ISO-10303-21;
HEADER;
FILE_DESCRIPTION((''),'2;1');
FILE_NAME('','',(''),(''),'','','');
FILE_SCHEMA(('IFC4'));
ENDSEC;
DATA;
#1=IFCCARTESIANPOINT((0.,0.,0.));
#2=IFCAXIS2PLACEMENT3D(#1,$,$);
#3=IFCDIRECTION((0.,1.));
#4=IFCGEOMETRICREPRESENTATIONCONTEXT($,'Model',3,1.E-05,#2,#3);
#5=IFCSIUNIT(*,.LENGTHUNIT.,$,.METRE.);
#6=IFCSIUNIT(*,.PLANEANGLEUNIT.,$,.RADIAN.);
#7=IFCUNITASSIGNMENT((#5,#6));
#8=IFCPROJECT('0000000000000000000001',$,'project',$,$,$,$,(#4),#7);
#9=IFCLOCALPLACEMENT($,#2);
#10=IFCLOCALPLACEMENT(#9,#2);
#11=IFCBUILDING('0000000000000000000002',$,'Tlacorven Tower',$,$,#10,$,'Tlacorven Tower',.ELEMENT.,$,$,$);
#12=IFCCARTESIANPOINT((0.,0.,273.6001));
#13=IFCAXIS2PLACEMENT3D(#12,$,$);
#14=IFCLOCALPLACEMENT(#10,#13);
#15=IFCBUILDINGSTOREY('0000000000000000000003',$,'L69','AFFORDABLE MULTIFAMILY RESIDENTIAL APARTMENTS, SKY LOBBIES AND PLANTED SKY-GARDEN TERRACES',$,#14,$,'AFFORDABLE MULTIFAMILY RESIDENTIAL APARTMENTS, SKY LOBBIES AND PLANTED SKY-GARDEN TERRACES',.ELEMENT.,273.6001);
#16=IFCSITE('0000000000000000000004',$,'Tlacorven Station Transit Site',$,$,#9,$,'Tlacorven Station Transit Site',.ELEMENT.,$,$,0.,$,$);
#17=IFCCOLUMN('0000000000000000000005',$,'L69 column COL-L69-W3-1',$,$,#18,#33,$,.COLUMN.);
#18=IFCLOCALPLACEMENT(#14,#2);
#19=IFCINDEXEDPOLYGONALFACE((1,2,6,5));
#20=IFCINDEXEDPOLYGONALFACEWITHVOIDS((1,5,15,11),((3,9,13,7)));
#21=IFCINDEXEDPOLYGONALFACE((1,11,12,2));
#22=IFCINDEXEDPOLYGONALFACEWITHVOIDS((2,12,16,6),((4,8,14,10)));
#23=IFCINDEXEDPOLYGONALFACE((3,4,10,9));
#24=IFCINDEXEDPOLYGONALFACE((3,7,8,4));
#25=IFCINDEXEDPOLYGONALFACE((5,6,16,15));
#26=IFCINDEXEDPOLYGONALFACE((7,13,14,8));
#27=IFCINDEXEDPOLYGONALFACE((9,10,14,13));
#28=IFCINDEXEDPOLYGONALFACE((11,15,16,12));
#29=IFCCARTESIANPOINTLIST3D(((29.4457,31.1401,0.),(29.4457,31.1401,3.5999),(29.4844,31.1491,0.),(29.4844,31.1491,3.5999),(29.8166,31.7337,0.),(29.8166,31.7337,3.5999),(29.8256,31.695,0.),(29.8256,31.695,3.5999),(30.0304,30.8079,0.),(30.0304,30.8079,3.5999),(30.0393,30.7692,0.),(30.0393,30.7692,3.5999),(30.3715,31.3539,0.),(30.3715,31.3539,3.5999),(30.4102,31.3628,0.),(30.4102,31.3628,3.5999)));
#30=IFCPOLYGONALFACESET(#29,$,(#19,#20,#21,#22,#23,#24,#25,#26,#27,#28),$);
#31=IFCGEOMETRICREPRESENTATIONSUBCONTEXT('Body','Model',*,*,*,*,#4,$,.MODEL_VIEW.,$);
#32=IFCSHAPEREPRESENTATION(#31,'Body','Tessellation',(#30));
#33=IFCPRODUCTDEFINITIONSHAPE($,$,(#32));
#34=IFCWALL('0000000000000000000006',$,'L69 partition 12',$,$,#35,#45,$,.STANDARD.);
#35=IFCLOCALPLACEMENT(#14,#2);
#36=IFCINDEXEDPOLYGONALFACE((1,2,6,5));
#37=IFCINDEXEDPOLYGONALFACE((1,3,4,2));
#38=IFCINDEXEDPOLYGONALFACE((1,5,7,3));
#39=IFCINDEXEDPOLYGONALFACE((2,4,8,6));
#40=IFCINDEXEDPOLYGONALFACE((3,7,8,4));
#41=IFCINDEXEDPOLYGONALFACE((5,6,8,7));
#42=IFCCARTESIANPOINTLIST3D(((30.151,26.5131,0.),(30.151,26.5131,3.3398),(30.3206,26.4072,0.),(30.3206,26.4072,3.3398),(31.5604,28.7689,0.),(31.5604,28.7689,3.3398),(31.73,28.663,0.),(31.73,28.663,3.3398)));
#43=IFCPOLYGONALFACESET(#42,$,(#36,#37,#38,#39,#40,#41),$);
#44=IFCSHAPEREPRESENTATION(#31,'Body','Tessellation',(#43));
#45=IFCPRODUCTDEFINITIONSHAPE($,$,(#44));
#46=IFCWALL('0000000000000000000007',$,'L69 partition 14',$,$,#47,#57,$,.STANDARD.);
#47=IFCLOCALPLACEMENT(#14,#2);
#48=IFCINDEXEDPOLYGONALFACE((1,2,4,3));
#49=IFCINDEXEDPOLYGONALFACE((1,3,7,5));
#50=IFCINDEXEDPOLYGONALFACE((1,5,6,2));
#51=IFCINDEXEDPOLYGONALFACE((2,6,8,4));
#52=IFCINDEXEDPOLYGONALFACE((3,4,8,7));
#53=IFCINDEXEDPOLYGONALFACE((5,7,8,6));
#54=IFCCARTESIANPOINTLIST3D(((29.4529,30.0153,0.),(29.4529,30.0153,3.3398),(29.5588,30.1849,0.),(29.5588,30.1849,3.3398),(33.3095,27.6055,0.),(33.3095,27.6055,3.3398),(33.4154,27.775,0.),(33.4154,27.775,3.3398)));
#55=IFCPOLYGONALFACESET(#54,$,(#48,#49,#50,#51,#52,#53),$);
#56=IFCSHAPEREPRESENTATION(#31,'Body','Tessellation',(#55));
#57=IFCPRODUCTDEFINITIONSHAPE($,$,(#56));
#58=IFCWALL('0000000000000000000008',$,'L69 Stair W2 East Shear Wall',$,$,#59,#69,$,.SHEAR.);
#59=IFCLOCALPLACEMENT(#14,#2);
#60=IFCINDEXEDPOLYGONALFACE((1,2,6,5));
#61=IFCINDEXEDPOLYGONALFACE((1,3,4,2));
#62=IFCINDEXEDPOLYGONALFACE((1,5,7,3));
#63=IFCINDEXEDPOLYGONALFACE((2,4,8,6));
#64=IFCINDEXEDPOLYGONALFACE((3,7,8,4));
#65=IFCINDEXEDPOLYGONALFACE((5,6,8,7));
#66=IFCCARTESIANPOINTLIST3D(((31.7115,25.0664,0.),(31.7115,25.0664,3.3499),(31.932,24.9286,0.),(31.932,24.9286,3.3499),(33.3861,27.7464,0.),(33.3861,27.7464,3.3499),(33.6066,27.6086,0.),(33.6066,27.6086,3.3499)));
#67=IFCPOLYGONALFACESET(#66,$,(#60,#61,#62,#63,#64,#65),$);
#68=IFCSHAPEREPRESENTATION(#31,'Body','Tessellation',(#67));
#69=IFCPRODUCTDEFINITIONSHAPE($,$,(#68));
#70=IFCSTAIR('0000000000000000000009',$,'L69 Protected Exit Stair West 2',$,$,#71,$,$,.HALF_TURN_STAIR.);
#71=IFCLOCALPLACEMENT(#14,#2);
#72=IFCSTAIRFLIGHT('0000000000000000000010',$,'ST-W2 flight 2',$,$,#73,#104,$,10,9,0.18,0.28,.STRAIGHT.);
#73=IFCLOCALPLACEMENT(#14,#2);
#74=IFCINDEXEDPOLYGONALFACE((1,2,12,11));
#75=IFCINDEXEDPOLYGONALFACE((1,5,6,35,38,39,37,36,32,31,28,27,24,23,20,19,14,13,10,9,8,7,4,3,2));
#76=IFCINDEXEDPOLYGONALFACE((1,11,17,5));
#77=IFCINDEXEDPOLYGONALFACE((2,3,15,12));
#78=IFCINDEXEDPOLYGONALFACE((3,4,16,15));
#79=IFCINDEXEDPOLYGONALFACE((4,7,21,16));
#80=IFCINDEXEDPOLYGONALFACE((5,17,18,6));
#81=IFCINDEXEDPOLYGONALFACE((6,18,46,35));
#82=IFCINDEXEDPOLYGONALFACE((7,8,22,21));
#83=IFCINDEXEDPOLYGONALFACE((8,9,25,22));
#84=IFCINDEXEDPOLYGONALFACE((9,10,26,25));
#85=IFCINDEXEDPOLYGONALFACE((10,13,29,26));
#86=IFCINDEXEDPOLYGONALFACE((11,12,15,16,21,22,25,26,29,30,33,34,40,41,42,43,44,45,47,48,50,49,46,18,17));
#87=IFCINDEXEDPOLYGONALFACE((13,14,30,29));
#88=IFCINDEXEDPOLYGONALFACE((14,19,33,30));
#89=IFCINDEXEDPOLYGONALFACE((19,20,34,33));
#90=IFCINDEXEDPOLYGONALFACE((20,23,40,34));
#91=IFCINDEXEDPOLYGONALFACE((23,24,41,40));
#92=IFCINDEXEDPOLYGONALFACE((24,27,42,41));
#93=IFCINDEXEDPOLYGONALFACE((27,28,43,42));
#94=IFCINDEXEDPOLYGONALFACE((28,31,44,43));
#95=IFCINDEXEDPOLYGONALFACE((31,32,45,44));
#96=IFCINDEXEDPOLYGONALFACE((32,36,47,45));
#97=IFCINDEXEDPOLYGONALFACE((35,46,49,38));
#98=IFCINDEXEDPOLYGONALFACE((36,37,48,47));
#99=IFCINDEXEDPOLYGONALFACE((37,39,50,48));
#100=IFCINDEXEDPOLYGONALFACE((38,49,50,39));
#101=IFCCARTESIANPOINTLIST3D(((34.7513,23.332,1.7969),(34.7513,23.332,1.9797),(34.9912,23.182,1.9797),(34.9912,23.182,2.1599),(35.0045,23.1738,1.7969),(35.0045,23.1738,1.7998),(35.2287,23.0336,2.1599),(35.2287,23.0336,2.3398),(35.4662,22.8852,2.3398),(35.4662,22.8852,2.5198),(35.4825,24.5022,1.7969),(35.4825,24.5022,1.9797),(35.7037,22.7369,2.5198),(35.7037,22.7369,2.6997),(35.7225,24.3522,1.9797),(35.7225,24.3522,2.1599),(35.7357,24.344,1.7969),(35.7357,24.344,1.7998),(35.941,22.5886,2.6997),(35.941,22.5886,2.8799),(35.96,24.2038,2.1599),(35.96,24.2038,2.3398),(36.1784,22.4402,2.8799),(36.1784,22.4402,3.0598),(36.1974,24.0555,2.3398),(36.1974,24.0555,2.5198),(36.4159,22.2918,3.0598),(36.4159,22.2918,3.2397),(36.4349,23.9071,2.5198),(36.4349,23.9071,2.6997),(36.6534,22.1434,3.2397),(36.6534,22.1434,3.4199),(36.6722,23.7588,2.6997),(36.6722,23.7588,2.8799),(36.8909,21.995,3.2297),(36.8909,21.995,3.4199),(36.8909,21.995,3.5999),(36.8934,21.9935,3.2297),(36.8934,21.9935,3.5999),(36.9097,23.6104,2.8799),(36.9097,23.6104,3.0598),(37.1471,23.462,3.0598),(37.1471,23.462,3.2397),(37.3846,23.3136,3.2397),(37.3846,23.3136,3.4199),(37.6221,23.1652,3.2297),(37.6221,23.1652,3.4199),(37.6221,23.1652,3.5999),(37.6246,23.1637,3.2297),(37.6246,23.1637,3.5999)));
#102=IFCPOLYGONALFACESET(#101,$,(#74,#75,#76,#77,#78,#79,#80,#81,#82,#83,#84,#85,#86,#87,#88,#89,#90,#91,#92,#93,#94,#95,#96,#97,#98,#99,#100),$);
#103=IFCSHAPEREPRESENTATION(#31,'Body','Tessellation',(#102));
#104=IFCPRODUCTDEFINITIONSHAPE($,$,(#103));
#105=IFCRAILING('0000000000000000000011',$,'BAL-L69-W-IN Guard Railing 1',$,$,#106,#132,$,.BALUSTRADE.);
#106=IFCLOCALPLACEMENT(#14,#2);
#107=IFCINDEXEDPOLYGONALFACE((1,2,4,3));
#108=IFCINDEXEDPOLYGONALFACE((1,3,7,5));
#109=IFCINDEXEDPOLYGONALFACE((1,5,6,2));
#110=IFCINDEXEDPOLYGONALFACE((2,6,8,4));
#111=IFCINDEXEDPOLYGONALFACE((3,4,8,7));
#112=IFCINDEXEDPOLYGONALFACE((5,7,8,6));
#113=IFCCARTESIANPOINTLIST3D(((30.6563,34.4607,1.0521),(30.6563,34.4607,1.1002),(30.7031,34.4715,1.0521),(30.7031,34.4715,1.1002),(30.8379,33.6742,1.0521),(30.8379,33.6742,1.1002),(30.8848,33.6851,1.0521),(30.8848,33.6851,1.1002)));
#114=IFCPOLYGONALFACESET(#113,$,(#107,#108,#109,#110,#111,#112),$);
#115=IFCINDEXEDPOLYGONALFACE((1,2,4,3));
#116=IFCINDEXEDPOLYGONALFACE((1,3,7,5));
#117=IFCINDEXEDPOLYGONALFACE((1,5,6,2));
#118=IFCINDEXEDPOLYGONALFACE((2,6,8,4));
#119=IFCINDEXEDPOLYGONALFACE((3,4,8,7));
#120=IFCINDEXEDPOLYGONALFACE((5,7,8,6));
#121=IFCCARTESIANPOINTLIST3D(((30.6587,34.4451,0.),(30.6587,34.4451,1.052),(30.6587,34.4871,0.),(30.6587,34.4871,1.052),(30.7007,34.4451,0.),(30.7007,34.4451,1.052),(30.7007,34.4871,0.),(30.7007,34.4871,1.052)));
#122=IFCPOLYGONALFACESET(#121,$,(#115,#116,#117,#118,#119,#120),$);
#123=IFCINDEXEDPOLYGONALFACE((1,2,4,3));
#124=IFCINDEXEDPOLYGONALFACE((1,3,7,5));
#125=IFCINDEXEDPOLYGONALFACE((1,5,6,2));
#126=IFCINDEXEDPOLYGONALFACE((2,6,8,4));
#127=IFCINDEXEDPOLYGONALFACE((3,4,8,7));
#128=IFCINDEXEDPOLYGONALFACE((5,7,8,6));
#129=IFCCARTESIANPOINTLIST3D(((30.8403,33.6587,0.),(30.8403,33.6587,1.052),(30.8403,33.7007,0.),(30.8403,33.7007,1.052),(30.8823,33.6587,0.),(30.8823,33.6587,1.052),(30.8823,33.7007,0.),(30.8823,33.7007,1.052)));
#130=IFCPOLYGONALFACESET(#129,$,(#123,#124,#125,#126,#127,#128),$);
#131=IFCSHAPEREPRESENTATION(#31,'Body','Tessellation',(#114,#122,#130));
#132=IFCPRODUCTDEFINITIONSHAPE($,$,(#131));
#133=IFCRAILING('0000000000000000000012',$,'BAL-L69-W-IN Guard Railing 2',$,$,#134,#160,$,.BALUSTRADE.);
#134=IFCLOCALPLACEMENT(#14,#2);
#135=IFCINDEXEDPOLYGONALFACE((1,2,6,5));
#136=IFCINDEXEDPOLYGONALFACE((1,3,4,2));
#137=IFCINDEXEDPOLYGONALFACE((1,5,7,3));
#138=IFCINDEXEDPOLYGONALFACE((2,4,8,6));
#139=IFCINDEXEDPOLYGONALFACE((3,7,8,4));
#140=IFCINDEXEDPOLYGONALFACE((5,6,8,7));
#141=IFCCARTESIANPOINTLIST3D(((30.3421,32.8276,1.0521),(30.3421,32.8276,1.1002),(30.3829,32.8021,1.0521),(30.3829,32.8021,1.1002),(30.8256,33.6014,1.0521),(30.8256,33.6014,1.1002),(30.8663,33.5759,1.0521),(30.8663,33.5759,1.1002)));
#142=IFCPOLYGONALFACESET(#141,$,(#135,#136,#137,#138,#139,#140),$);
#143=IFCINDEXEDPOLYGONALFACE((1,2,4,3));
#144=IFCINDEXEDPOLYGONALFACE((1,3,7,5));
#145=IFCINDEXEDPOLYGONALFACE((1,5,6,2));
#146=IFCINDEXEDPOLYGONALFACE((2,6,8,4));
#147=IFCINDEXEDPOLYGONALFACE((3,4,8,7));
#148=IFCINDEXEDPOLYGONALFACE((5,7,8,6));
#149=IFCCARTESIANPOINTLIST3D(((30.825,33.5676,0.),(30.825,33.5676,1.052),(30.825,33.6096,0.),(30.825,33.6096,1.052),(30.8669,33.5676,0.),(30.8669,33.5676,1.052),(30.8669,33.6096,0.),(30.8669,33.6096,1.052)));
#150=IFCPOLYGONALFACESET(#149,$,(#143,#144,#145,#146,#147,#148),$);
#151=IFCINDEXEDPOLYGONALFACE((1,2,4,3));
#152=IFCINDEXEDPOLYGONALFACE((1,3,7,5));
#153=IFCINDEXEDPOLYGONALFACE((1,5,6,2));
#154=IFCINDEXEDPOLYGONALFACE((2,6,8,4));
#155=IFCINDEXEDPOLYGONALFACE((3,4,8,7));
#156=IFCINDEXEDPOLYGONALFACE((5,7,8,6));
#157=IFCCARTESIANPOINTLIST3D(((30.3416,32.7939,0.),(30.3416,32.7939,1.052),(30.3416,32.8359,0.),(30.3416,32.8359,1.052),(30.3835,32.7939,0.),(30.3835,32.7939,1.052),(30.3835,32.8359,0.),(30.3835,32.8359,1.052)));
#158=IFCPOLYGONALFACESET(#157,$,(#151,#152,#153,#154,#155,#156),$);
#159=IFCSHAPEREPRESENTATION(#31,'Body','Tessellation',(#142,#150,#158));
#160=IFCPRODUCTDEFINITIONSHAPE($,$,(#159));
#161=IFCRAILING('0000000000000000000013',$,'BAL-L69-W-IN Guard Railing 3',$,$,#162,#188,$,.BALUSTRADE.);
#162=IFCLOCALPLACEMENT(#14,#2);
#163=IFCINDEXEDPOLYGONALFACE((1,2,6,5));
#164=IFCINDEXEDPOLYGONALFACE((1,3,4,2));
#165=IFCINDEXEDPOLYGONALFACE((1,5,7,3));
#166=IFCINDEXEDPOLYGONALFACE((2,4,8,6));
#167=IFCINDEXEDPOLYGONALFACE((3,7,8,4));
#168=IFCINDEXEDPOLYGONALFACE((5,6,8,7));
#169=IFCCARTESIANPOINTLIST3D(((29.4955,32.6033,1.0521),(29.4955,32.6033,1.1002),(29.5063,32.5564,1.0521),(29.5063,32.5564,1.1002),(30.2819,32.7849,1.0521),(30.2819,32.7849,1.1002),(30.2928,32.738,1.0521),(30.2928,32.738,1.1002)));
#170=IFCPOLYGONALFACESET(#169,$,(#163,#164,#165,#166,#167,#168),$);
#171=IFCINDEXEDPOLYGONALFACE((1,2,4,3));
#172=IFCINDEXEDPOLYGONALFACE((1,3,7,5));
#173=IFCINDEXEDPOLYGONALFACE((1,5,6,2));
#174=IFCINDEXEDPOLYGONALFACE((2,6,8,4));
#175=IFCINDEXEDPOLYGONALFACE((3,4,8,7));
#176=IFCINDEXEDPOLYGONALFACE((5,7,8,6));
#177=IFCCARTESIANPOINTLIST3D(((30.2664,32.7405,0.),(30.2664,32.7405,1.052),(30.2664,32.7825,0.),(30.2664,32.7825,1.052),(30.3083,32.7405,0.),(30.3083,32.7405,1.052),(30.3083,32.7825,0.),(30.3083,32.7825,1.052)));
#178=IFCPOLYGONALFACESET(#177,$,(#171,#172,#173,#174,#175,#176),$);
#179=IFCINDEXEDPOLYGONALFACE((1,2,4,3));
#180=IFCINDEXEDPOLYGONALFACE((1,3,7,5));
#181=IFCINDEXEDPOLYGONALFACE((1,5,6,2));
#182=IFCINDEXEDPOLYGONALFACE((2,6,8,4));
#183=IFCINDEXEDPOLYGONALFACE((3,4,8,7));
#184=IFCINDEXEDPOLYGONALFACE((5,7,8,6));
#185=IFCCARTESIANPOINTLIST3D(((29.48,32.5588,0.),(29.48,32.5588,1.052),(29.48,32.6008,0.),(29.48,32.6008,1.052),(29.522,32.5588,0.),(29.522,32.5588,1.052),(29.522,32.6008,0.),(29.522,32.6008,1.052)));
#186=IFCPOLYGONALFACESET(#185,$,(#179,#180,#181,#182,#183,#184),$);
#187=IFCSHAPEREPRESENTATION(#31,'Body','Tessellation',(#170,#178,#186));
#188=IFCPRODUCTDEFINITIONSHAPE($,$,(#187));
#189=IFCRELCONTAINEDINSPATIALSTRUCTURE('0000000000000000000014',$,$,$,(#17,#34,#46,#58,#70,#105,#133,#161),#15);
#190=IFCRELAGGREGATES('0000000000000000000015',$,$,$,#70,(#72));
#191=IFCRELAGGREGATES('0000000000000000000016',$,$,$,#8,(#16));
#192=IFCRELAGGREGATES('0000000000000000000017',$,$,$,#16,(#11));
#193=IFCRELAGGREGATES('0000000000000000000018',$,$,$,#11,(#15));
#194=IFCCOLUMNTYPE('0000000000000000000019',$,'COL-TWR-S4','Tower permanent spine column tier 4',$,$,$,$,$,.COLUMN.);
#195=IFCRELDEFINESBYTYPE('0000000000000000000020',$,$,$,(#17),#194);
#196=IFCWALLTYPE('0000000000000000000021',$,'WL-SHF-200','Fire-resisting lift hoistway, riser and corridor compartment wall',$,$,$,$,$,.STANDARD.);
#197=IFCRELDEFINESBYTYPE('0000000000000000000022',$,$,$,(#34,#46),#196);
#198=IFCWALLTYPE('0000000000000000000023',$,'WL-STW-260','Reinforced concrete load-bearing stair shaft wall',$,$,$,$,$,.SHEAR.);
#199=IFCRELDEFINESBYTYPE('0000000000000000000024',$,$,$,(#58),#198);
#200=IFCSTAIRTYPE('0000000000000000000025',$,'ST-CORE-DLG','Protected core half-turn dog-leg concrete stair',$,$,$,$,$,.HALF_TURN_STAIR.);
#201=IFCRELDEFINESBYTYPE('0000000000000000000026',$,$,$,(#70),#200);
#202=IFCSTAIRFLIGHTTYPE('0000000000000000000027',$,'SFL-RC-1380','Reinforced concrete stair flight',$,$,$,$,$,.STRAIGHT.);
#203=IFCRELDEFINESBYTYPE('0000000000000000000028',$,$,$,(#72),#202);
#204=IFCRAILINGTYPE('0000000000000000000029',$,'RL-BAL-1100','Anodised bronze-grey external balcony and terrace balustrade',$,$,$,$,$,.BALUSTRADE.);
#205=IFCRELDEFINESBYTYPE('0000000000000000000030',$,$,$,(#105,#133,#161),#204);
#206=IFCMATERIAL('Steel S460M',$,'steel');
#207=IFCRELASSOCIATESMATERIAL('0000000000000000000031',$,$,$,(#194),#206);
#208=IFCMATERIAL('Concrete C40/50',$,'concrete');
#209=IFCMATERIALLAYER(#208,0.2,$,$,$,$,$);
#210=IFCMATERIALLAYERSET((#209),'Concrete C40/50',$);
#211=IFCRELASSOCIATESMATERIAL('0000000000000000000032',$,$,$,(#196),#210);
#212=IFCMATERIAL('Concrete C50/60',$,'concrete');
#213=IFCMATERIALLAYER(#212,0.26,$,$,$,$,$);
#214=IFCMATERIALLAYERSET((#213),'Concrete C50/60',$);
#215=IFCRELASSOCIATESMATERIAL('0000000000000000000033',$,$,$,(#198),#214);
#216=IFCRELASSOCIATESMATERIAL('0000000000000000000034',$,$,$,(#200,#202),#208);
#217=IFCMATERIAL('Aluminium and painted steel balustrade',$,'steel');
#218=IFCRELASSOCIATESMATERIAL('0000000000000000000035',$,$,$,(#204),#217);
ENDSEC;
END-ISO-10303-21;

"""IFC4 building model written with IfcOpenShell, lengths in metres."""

from ifc_helpers import new_model, si_unit, direction, frame, frame_2d, origin, origin_2d, place, context, subcontext, project, spatial, polyline, rectangle, hollow_rectangle, outline, extrude, source, transform, mapped, material, layer, layer_set, material_profile, profile_set, type_object, element, aggregate, save


model = new_model("IFC4")

# Units and contexts
model_context = context("Model", 3, precision=1e-05, world=origin(), true_north=direction((0.0, 1.0)))
body_context = subcontext(model_context, "Body", "Model", "MODEL_VIEW")
ifc_project = project(units=[si_unit("LENGTHUNIT", "METRE"), si_unit("PLANEANGLEUNIT", "RADIAN")], contexts=[model_context])

# Site, building, storey
site_placement = place(None, origin())
site = spatial("IfcSite", under=ifc_project, at=site_placement, Name="Tlacorven Station Transit Site", LongName="Tlacorven Station Transit Site", CompositionType="ELEMENT", RefElevation=0.0)
building_placement = place(site_placement, origin())
building = spatial("IfcBuilding", under=site, at=building_placement, Name="Tlacorven Tower", LongName="Tlacorven Tower", CompositionType="ELEMENT")
storey_placement = place(building_placement, frame((0.0, 0.0, 273.6001)))
storey = spatial("IfcBuildingStorey", under=building, at=storey_placement, Name="L69", Description="AFFORDABLE MULTIFAMILY RESIDENTIAL APARTMENTS, SKY LOBBIES AND PLANTED SKY-GARDEN TERRACES", LongName="AFFORDABLE MULTIFAMILY RESIDENTIAL APARTMENTS, SKY LOBBIES AND PLANTED SKY-GARDEN TERRACES", CompositionType="ELEMENT", Elevation=273.6001)

# Column
ifc_material_1 = material(Name="Steel S460M", Category="steel")
ifc_material_profile = material_profile(ifc_material_1, hollow_rectangle(XDim=0.7, YDim=0.7, WallThickness=0.0281, at=origin_2d()), Name="BOX 700X700X28")
ifc_profile_set = profile_set([ifc_material_profile], Name="Steel S460M")
column_type = type_object("IfcColumnType", Name="COL-TWR-S4", Description="Tower permanent spine column tier 4", PredefinedType="COLUMN", material=ifc_profile_set)
shared_shape_1 = source(origin(), body_context, "Body", "SweptSolid", [
    extrude(hollow_rectangle(XDim=0.7, YDim=0.7, WallThickness=0.0281, at=origin_2d()), origin(), (0.0, 0.0, 1.0), 3.5999),
])
column_placement = place(storey_placement, frame((29.928, 31.2515, 0.0), z_axis=(0.0, 0.0, 1.0), x_axis=(-0.848048, 0.529919, 0.0)))
element("IfcColumn", 1, at=column_placement, inside=storey, type_object=column_type, Name="L69 column COL-L69-W3-1", PredefinedType="COLUMN", context=body_context, shape_type="MappedRepresentation", body=[
    mapped(shared_shape_1, transform((0.0, 0.0, 0.0), scale=1.0)),
])

# Shared definitions
ifc_material_2 = material(Name="Concrete C40/50", Category="concrete")
ifc_layer_1 = layer(ifc_material_2, 0.2)
ifc_layer_set_1 = layer_set([ifc_layer_1], Name="Concrete C40/50")
wall_type_1 = type_object("IfcWallType", Name="WL-SHF-200", Description="Fire-resisting lift hoistway, riser and corridor compartment wall", PredefinedType="STANDARD", material=ifc_layer_set_1)

# Walls
wall_1_placement = place(storey_placement, frame((31.6453, 28.7161, 0.0), z_axis=(0.0, 0.0, 1.0), x_axis=(-0.529867, -0.848081, 0.0)))
element("IfcWall", 2, at=wall_1_placement, inside=storey, type_object=wall_type_1, Name="L69 partition 12", PredefinedType="STANDARD", context=body_context, shape_type="SweptSolid", body=[
    extrude(rectangle(XDim=2.6599, YDim=0.2, at=frame_2d((1.3301, 0.0))), origin(), (0.0, 0.0, 1.0), 3.3398),
])
wall_2_placement = place(storey_placement, frame((33.3625, 27.6902, 0.0), z_axis=(0.0, 0.0, 1.0), x_axis=(-0.84805, 0.529917, 0.0)))
element("IfcWall", 3, at=wall_2_placement, inside=storey, type_object=wall_type_1, Name="L69 partition 14", PredefinedType="STANDARD", context=body_context, shape_type="SweptSolid", body=[
    extrude(rectangle(XDim=4.5476, YDim=0.2, at=frame_2d((2.2739, 0.0))), origin(), (0.0, 0.0, 1.0), 3.3398),
])
ifc_material_3 = material(Name="Concrete C50/60", Category="concrete")
ifc_layer_2 = layer(ifc_material_3, 0.26)
ifc_layer_set_2 = layer_set([ifc_layer_2], Name="Concrete C50/60")
wall_type_2 = type_object("IfcWallType", Name="WL-STW-260", Description="Reinforced concrete load-bearing stair shaft wall", PredefinedType="SHEAR", material=ifc_layer_set_2)
wall_3_placement = place(storey_placement, frame((33.4963, 27.6775, 0.0), z_axis=(0.0, 0.0, 1.0), x_axis=(-0.529909, -0.848055, 0.0)))
element("IfcWall", 4, at=wall_3_placement, inside=storey, type_object=wall_type_2, Name="L69 Stair W2 East Shear Wall", PredefinedType="SHEAR", context=body_context, shape_type="SweptSolid", body=[
    extrude(rectangle(XDim=3.1602, YDim=0.26, at=frame_2d((1.5801, 0.0))), origin(), (0.0, 0.0, 1.0), 3.3499),
])

# Stair, stair flight
stair_type = type_object("IfcStairType", Name="ST-CORE-DLG", Description="Protected core half-turn dog-leg concrete stair", PredefinedType="HALF_TURN_STAIR", material=ifc_material_2)
stair_placement = place(storey_placement, origin())
stair = element("IfcStair", 5, at=stair_placement, inside=storey, type_object=stair_type, Name="L69 Protected Exit Stair West 2", PredefinedType="HALF_TURN_STAIR")
stair_flight_type = type_object("IfcStairFlightType", Name="SFL-RC-1380", Description="Reinforced concrete stair flight", PredefinedType="STRAIGHT", material=ifc_material_2)
shared_shape_2 = source(origin(), body_context, "Body", "SweptSolid", [
    extrude(outline(polyline([(-0.0029, -0.0029), (-0.0029, 0.1799), (0.28, 0.1799), (0.28, 0.3601), (0.5601, 0.3601), (0.5601, 0.54), (0.8401, 0.54), (0.8401, 0.72), (1.1201, 0.72), (1.1201, 0.8999), (1.3999, 0.8999), (1.3999, 1.0801), (1.6799, 1.0801), (1.6799, 1.26), (1.96, 1.26), (1.96, 1.4399), (2.24, 1.4399), (2.24, 1.6201), (2.52, 1.6201), (2.52, 1.8), (2.5229, 1.8), (2.5229, 1.4299), (2.52, 1.4299), (0.2957, 0.0), (0.2957, -0.0029), (-0.0029, -0.0029)])), frame((0.0, 0.6899, 0.0), z_axis=(0.0, -1.0, 0.0), x_axis=(1.0, 0.0, 0.0)), (0.0, 0.0, 1.0), 1.3799),
])
stair_flight_placement = place(storey_placement, frame((35.1194, 23.9155, 1.7998), z_axis=(0.0, 0.0, 1.0), x_axis=(0.848048, -0.529919, 0.0)))
stair_flight = element("IfcStairFlight", 6, at=stair_flight_placement, type_object=stair_flight_type, Name="ST-W2 flight 2", NumberOfRisers=10, NumberOfTreads=9, PredefinedType="STRAIGHT", RiserHeight=0.18, TreadLength=0.28, context=body_context, shape_type="MappedRepresentation", body=[
    mapped(shared_shape_2, transform((0.0, 0.0, 0.0), scale=1.0)),
])
aggregate(stair, [stair_flight])

# Railings
ifc_material_4 = material(Name="Aluminium and painted steel balustrade", Category="steel")
railing_type_1 = type_object("IfcRailingType", Name="RL-BAL-1100", Description="Anodised bronze-grey external balcony and terrace balustrade", PredefinedType="BALUSTRADE", material=ifc_material_4)
shared_shape_3 = source(origin(), body_context, "Body", "SweptSolid", [
    extrude(rectangle(XDim=0.0481, YDim=0.0481, at=origin_2d()), frame((0.0, 0.0, 1.0762), z_axis=(0.225058, -0.974345, 0.0), x_axis=(0.974345, 0.225058, 0.0)), (0.0, 0.0, 1.0), 0.8071),
    extrude(rectangle(XDim=0.042, YDim=0.042, at=origin_2d()), origin(), (0.0, 0.0, 1.0), 1.052),
    extrude(rectangle(XDim=0.042, YDim=0.042, at=origin_2d()), frame((0.1816, -0.7864, 0.0)), (0.0, 0.0, 1.0), 1.052),
])
railing_1_placement = place(storey_placement, frame((30.6797, 34.4661, 0.0)))
element("IfcRailing", 7, at=railing_1_placement, inside=storey, type_object=railing_type_1, Name="BAL-L69-W-IN Guard Railing 1", PredefinedType="BALUSTRADE", context=body_context, shape_type="MappedRepresentation", body=[
    mapped(shared_shape_3, transform((0.0, 0.0, 0.0), scale=1.0)),
])
shared_shape_4 = source(origin(), body_context, "Body", "SweptSolid", [
    extrude(rectangle(XDim=0.0481, YDim=0.0481, at=origin_2d()), frame((0.0, 0.0, 1.0762), z_axis=(-0.529879, -0.848073, 0.0), x_axis=(0.848073, -0.529879, 0.0)), (0.0, 0.0, 1.0), 0.9124),
    extrude(rectangle(XDim=0.042, YDim=0.042, at=origin_2d()), origin(), (0.0, 0.0, 1.0), 1.052),
    extrude(rectangle(XDim=0.042, YDim=0.042, at=origin_2d()), frame((-0.4834, -0.7737, 0.0)), (0.0, 0.0, 1.0), 1.052),
])
railing_2_placement = place(storey_placement, frame((30.8459, 33.5886, 0.0)))
element("IfcRailing", 8, at=railing_2_placement, inside=storey, type_object=railing_type_1, Name="BAL-L69-W-IN Guard Railing 2", PredefinedType="BALUSTRADE", context=body_context, shape_type="MappedRepresentation", body=[
    mapped(shared_shape_4, transform((0.0, 0.0, 0.0), scale=1.0)),
])
shared_shape_5 = source(origin(), body_context, "Body", "SweptSolid", [
    extrude(rectangle(XDim=0.0481, YDim=0.0481, at=origin_2d()), frame((0.0, 0.0, 1.0762), z_axis=(-0.974345, -0.225058, 0.0), x_axis=(0.225058, -0.974345, 0.0)), (0.0, 0.0, 1.0), 0.8071),
    extrude(rectangle(XDim=0.042, YDim=0.042, at=origin_2d()), origin(), (0.0, 0.0, 1.0), 1.052),
    extrude(rectangle(XDim=0.042, YDim=0.042, at=origin_2d()), frame((-0.7864, -0.1816, 0.0)), (0.0, 0.0, 1.0), 1.052),
])
railing_3_placement = place(storey_placement, frame((30.2874, 32.7615, 0.0)))
element("IfcRailing", 9, at=railing_3_placement, inside=storey, type_object=railing_type_1, Name="BAL-L69-W-IN Guard Railing 3", PredefinedType="BALUSTRADE", context=body_context, shape_type="MappedRepresentation", body=[
    mapped(shared_shape_5, transform((0.0, 0.0, 0.0), scale=1.0)),
])

save(model, "model.ifc")
